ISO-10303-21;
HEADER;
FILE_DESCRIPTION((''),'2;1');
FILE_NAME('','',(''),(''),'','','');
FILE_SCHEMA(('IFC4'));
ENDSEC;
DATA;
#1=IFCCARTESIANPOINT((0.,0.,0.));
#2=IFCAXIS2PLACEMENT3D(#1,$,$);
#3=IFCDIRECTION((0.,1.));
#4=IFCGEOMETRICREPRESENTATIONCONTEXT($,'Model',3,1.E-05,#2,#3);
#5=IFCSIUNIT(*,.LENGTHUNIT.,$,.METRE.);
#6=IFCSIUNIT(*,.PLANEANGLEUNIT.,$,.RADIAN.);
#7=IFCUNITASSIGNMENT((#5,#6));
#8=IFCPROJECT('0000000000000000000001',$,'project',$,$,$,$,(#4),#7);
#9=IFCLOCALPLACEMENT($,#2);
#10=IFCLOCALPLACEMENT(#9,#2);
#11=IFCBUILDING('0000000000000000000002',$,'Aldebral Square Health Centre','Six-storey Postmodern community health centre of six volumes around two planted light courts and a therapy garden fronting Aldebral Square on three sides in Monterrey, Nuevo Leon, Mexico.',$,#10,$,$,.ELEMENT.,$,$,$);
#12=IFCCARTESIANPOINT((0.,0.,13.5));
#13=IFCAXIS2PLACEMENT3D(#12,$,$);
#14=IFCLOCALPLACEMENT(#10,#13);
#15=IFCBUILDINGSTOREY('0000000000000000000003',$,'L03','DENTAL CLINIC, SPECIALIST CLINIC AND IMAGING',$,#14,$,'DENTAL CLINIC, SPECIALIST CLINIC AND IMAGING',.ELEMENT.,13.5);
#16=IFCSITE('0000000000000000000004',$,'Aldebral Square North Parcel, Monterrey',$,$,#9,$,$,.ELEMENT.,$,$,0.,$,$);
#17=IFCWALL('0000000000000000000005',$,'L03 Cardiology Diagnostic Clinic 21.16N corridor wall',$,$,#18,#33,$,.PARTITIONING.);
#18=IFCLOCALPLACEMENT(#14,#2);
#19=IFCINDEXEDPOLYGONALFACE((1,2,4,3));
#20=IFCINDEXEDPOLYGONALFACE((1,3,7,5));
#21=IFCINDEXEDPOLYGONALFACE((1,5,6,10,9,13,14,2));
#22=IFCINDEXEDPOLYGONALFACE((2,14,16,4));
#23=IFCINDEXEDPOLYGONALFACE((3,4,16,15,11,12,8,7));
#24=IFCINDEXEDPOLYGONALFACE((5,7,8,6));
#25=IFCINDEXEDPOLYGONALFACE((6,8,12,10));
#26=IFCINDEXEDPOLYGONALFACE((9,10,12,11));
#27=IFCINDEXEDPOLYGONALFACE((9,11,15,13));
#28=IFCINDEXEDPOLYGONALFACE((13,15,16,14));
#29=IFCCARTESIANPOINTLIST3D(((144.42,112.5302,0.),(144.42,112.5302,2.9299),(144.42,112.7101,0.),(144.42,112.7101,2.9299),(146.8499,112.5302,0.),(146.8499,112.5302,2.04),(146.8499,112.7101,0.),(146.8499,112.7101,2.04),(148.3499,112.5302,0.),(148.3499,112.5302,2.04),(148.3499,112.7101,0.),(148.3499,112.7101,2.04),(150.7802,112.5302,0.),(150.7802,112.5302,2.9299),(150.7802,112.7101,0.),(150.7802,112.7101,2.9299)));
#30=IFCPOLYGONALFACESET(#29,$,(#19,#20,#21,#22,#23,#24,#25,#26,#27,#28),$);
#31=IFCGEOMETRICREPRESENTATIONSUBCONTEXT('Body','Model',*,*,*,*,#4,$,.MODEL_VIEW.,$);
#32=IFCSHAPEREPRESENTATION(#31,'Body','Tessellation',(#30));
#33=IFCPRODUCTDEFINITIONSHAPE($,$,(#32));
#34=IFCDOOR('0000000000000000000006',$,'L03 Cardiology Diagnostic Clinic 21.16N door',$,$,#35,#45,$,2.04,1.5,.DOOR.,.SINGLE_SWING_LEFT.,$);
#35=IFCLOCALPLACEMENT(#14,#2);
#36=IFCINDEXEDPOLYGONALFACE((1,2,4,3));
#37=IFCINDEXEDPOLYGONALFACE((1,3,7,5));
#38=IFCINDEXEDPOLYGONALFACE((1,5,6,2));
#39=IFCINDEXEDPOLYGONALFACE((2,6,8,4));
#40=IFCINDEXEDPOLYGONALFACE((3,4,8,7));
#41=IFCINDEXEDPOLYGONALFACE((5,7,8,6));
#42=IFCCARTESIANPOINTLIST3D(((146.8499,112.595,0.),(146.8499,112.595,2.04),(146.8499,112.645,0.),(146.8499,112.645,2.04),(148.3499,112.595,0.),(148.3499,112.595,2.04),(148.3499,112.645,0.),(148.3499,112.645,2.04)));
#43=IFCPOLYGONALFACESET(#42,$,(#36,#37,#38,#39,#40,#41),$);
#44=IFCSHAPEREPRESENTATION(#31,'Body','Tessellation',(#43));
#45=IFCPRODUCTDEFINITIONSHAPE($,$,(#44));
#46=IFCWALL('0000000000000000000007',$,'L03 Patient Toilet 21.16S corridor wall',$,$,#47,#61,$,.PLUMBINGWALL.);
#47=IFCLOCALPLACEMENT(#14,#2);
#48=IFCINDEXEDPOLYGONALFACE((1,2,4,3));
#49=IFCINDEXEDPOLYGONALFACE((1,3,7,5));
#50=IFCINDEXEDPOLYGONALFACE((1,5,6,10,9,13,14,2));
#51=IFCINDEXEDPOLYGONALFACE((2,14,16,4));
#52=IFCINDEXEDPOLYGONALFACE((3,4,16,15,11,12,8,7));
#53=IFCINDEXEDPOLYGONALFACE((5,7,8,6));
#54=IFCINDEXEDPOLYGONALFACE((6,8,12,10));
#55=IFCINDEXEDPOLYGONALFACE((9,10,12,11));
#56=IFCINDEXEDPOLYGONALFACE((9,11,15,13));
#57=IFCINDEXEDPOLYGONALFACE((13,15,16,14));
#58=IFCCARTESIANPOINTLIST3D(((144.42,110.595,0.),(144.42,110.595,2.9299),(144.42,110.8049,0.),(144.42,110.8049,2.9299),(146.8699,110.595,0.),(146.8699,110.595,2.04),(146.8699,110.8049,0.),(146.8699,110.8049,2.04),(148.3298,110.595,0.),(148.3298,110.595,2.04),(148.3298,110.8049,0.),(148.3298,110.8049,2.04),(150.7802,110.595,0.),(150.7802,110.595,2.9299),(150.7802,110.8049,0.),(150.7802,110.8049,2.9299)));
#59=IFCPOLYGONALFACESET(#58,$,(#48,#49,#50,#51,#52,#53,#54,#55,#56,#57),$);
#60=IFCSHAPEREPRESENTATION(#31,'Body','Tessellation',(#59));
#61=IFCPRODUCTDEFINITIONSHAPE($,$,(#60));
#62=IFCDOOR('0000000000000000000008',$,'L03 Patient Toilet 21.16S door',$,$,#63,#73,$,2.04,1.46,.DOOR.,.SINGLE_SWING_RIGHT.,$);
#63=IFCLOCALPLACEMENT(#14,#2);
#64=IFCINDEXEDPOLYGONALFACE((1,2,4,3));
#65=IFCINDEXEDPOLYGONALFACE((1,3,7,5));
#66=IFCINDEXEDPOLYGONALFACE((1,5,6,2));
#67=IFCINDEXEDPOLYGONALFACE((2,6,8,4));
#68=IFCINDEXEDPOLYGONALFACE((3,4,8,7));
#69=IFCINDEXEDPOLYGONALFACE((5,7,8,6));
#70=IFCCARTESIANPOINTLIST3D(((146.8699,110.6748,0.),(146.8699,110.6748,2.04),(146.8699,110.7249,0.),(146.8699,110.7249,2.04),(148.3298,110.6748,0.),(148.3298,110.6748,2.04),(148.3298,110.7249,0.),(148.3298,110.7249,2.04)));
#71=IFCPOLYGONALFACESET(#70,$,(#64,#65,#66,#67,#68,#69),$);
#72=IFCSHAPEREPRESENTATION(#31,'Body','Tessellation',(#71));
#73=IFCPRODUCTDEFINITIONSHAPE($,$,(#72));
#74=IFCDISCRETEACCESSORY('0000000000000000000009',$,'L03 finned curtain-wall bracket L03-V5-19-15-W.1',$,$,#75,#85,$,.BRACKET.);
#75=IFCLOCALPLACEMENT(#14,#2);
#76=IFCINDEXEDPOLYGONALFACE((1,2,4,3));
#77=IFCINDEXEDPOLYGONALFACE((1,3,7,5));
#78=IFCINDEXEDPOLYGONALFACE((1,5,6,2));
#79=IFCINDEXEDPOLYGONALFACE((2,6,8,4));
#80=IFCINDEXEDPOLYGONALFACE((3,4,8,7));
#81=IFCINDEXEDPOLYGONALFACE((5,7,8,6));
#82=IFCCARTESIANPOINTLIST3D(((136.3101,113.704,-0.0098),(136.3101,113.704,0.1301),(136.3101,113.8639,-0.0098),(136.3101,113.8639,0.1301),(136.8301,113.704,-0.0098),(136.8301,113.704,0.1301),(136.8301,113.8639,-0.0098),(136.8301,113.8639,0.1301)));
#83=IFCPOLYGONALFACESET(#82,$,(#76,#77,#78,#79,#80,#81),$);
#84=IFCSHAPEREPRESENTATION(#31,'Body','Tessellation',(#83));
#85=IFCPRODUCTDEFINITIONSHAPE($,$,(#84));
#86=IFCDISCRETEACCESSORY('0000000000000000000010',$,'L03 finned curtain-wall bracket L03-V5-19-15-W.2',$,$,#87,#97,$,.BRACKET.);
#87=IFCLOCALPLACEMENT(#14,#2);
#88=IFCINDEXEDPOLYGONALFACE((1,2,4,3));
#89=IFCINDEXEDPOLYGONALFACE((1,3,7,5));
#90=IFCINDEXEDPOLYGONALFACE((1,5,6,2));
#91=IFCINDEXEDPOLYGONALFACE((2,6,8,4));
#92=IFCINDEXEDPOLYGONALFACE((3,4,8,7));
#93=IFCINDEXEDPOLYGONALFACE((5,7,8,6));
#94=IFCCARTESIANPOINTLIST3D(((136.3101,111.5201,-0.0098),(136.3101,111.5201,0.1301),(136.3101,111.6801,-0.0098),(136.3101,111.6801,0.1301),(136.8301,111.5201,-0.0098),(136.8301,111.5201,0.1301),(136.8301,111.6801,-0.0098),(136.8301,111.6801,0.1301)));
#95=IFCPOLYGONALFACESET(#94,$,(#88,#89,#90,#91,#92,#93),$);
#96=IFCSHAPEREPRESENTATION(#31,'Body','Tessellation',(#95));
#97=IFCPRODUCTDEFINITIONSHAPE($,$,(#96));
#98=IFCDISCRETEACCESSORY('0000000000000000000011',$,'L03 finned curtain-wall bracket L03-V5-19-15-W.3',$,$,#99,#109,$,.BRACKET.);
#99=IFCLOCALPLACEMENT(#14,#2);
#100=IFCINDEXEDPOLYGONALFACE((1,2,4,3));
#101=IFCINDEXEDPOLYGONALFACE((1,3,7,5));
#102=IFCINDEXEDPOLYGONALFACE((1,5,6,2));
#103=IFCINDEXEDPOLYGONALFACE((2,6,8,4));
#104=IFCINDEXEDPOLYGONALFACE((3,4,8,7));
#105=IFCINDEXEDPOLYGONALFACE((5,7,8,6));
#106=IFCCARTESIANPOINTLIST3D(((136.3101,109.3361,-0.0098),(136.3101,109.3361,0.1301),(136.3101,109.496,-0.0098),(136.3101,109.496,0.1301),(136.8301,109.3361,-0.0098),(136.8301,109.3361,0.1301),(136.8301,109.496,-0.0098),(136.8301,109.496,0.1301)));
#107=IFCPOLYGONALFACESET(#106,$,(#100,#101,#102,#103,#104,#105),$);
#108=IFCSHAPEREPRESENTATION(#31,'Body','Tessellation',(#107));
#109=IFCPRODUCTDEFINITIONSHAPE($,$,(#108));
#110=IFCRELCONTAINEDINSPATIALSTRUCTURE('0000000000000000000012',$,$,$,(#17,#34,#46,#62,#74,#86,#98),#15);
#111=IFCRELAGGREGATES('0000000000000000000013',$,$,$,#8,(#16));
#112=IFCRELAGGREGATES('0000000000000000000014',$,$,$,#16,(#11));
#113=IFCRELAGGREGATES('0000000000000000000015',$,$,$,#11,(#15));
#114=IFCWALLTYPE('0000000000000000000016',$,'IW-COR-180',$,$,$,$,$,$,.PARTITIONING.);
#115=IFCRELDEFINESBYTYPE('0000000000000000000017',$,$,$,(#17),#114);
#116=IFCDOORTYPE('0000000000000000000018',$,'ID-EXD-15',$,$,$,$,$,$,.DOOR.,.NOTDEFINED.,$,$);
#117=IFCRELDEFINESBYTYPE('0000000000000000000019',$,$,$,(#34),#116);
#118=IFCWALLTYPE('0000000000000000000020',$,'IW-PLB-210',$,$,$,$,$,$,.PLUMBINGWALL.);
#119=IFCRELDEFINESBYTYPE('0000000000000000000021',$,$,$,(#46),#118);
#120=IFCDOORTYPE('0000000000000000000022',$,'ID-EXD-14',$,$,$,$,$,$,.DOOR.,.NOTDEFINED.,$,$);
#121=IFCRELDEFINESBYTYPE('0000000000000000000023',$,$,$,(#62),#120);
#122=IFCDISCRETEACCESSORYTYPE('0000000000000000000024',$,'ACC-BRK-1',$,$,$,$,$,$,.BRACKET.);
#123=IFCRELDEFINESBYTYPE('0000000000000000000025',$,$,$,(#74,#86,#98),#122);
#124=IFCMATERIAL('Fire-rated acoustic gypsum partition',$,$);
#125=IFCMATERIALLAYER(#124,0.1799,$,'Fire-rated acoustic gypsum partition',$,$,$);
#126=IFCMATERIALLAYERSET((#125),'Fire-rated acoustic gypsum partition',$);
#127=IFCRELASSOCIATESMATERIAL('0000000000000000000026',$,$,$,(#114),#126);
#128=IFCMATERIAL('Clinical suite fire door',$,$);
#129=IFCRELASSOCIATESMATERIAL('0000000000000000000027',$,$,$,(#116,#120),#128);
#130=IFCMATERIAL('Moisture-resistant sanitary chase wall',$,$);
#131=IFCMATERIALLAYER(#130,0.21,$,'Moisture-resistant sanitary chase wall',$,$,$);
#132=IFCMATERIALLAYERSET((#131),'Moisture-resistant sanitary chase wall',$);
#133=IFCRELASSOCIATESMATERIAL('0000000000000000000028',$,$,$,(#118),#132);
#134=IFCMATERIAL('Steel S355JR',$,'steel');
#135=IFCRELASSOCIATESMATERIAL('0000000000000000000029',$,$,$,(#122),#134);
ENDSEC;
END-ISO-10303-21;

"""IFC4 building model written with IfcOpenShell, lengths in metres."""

from ifc_helpers import new_model, si_unit, direction, frame, frame_2d, origin, origin_2d, place, context, subcontext, project, spatial, rectangle, extrude, material, layer, layer_set, type_object, element, fill, save


model = new_model("IFC4")

# Units and contexts
model_context = context("Model", 3, precision=1e-05, world=origin(), true_north=direction((0.0, 1.0)))
body_context = subcontext(model_context, "Body", "Model", "MODEL_VIEW")
ifc_project = project(units=[si_unit("LENGTHUNIT", "METRE"), si_unit("PLANEANGLEUNIT", "RADIAN")], contexts=[model_context])

# Site, building, storey
site_placement = place(None, origin())
site = spatial("IfcSite", under=ifc_project, at=site_placement, Name="Aldebral Square North Parcel, Monterrey", CompositionType="ELEMENT", RefElevation=0.0)
building_placement = place(site_placement, origin())
building = spatial("IfcBuilding", under=site, at=building_placement, Name="Aldebral Square Health Centre", Description="Six-storey Postmodern community health centre of six volumes around two planted light courts and a therapy garden fronting Aldebral Square on three sides in Monterrey, Nuevo Leon, Mexico.", CompositionType="ELEMENT")
storey_placement = place(building_placement, frame((0.0, 0.0, 13.5)))
storey = spatial("IfcBuildingStorey", under=building, at=storey_placement, Name="L03", Description="DENTAL CLINIC, SPECIALIST CLINIC AND IMAGING", LongName="DENTAL CLINIC, SPECIALIST CLINIC AND IMAGING", CompositionType="ELEMENT", Elevation=13.5)

# Shared definitions
ifc_material_1 = material(Name="Steel S355JR", Category="steel")

# Walls, openings, doors
ifc_material_2 = material(Name="Fire-rated acoustic gypsum partition")
ifc_layer_1 = layer(ifc_material_2, 0.1799, Name="Fire-rated acoustic gypsum partition")
ifc_layer_set_1 = layer_set([ifc_layer_1], Name="Fire-rated acoustic gypsum partition")
wall_type_1 = type_object("IfcWallType", Name="IW-COR-180", PredefinedType="PARTITIONING", material=ifc_layer_set_1)
wall_1_placement = place(storey_placement, frame((144.4199, 112.6201, 0.0), z_axis=(0.0, 0.0, 1.0), x_axis=(1.0, 0.0, 0.0)))
wall_1 = element("IfcWall", 1, at=wall_1_placement, inside=storey, type_object=wall_type_1, Name="L03 Cardiology Diagnostic Clinic 21.16N corridor wall", PredefinedType="PARTITIONING", context=body_context, shape_type="SweptSolid", body=[
    extrude(rectangle(XDim=6.3601, YDim=0.1799, at=frame_2d((3.1802, 0.0))), origin(), (0.0, 0.0, 1.0), 2.9299),
])
opening_1_placement = place(wall_1_placement, frame((2.4299, 0.0, 0.0)))
opening_1 = element("IfcOpeningElement", 2, at=opening_1_placement, cuts=wall_1, PredefinedType="OPENING", context=body_context, shape_type="SweptSolid", body=[
    extrude(rectangle(XDim=1.5, YDim=2.04, at=frame_2d((0.75, 1.02))), frame((0.0, 0.1001, 0.0), z_axis=(0.0, -1.0, 0.0), x_axis=(1.0, 0.0, 0.0)), (0.0, 0.0, 1.0), 0.2),
])
ifc_material_3 = material(Name="Clinical suite fire door")
door_type_1 = type_object("IfcDoorType", Name="ID-EXD-15", OperationType="NOTDEFINED", PredefinedType="DOOR", material=ifc_material_3)
door_1_placement = place(opening_1_placement, origin())
door_1 = element("IfcDoor", 3, at=door_1_placement, inside=storey, type_object=door_type_1, Name="L03 Cardiology Diagnostic Clinic 21.16N door", OperationType="SINGLE_SWING_LEFT", OverallHeight=2.04, OverallWidth=1.5, PredefinedType="DOOR", context=body_context, shape_type="SweptSolid", body=[
    extrude(rectangle(XDim=1.5, YDim=2.04, at=frame_2d((0.75, 1.02))), frame((0.0, 0.0249, 0.0), z_axis=(0.0, -1.0, 0.0), x_axis=(1.0, 0.0, 0.0)), (0.0, 0.0, 1.0), 0.05),
])
fill(opening_1, door_1)
ifc_material_4 = material(Name="Moisture-resistant sanitary chase wall")
ifc_layer_2 = layer(ifc_material_4, 0.21, Name="Moisture-resistant sanitary chase wall")
ifc_layer_set_2 = layer_set([ifc_layer_2], Name="Moisture-resistant sanitary chase wall")
wall_type_2 = type_object("IfcWallType", Name="IW-PLB-210", PredefinedType="PLUMBINGWALL", material=ifc_layer_set_2)
wall_2_placement = place(storey_placement, frame((144.4199, 110.7, 0.0), z_axis=(0.0, 0.0, 1.0), x_axis=(1.0, 0.0, 0.0)))
wall_2 = element("IfcWall", 4, at=wall_2_placement, inside=storey, type_object=wall_type_2, Name="L03 Patient Toilet 21.16S corridor wall", PredefinedType="PLUMBINGWALL", context=body_context, shape_type="SweptSolid", body=[
    extrude(rectangle(XDim=6.3601, YDim=0.21, at=frame_2d((3.1802, 0.0))), origin(), (0.0, 0.0, 1.0), 2.9299),
])
opening_2_placement = place(wall_2_placement, frame((2.45, 0.0, 0.0)))
opening_2 = element("IfcOpeningElement", 5, at=opening_2_placement, cuts=wall_2, PredefinedType="OPENING", context=body_context, shape_type="SweptSolid", body=[
    extrude(rectangle(XDim=1.46, YDim=2.04, at=frame_2d((0.73, 1.02))), frame((0.0, 0.115, 0.0), z_axis=(0.0, -1.0, 0.0), x_axis=(1.0, 0.0, 0.0)), (0.0, 0.0, 1.0), 0.23),
])
door_type_2 = type_object("IfcDoorType", Name="ID-EXD-14", OperationType="NOTDEFINED", PredefinedType="DOOR", material=ifc_material_3)
door_2_placement = place(opening_2_placement, origin())
door_2 = element("IfcDoor", 6, at=door_2_placement, inside=storey, type_object=door_type_2, Name="L03 Patient Toilet 21.16S door", OperationType="SINGLE_SWING_RIGHT", OverallHeight=2.04, OverallWidth=1.46, PredefinedType="DOOR", context=body_context, shape_type="SweptSolid", body=[
    extrude(rectangle(XDim=1.46, YDim=2.04, at=frame_2d((0.73, 1.02))), frame((0.0, 0.0249, 0.0), z_axis=(0.0, -1.0, 0.0), x_axis=(1.0, 0.0, 0.0)), (0.0, 0.0, 1.0), 0.05),
])
fill(opening_2, door_2)

# Discrete accessories
discrete_accessory_type = type_object("IfcDiscreteAccessoryType", Name="ACC-BRK-1", PredefinedType="BRACKET", material=ifc_material_1)
for number, where, z_axis, x_axis, name in (
    (7, (136.5701, 113.7839, -0.0098), (0.0, 0.0, 1.0), (0.0, 1.0, 0.0), "L03 finned curtain-wall bracket L03-V5-19-15-W.1"),
    (8, (136.5701, 111.6001, -0.0098), (0.0, 0.0, 1.0), (0.0, 1.0, 0.0), "L03 finned curtain-wall bracket L03-V5-19-15-W.2"),
    (9, (136.5701, 109.416, -0.0098), (0.0, 0.0, 1.0), (0.0, 1.0, 0.0), "L03 finned curtain-wall bracket L03-V5-19-15-W.3"),
):
    element("IfcDiscreteAccessory", number, at=place(storey_placement, frame(where, z_axis=z_axis, x_axis=x_axis)), inside=storey, type_object=discrete_accessory_type, Name=name, PredefinedType="BRACKET", context=body_context, shape_type="SweptSolid", body=[
        extrude(rectangle(XDim=0.1599, YDim=0.52, at=origin_2d()), origin(), (0.0, 0.0, 1.0), 0.1399),
    ])

save(model, "model.ifc")
